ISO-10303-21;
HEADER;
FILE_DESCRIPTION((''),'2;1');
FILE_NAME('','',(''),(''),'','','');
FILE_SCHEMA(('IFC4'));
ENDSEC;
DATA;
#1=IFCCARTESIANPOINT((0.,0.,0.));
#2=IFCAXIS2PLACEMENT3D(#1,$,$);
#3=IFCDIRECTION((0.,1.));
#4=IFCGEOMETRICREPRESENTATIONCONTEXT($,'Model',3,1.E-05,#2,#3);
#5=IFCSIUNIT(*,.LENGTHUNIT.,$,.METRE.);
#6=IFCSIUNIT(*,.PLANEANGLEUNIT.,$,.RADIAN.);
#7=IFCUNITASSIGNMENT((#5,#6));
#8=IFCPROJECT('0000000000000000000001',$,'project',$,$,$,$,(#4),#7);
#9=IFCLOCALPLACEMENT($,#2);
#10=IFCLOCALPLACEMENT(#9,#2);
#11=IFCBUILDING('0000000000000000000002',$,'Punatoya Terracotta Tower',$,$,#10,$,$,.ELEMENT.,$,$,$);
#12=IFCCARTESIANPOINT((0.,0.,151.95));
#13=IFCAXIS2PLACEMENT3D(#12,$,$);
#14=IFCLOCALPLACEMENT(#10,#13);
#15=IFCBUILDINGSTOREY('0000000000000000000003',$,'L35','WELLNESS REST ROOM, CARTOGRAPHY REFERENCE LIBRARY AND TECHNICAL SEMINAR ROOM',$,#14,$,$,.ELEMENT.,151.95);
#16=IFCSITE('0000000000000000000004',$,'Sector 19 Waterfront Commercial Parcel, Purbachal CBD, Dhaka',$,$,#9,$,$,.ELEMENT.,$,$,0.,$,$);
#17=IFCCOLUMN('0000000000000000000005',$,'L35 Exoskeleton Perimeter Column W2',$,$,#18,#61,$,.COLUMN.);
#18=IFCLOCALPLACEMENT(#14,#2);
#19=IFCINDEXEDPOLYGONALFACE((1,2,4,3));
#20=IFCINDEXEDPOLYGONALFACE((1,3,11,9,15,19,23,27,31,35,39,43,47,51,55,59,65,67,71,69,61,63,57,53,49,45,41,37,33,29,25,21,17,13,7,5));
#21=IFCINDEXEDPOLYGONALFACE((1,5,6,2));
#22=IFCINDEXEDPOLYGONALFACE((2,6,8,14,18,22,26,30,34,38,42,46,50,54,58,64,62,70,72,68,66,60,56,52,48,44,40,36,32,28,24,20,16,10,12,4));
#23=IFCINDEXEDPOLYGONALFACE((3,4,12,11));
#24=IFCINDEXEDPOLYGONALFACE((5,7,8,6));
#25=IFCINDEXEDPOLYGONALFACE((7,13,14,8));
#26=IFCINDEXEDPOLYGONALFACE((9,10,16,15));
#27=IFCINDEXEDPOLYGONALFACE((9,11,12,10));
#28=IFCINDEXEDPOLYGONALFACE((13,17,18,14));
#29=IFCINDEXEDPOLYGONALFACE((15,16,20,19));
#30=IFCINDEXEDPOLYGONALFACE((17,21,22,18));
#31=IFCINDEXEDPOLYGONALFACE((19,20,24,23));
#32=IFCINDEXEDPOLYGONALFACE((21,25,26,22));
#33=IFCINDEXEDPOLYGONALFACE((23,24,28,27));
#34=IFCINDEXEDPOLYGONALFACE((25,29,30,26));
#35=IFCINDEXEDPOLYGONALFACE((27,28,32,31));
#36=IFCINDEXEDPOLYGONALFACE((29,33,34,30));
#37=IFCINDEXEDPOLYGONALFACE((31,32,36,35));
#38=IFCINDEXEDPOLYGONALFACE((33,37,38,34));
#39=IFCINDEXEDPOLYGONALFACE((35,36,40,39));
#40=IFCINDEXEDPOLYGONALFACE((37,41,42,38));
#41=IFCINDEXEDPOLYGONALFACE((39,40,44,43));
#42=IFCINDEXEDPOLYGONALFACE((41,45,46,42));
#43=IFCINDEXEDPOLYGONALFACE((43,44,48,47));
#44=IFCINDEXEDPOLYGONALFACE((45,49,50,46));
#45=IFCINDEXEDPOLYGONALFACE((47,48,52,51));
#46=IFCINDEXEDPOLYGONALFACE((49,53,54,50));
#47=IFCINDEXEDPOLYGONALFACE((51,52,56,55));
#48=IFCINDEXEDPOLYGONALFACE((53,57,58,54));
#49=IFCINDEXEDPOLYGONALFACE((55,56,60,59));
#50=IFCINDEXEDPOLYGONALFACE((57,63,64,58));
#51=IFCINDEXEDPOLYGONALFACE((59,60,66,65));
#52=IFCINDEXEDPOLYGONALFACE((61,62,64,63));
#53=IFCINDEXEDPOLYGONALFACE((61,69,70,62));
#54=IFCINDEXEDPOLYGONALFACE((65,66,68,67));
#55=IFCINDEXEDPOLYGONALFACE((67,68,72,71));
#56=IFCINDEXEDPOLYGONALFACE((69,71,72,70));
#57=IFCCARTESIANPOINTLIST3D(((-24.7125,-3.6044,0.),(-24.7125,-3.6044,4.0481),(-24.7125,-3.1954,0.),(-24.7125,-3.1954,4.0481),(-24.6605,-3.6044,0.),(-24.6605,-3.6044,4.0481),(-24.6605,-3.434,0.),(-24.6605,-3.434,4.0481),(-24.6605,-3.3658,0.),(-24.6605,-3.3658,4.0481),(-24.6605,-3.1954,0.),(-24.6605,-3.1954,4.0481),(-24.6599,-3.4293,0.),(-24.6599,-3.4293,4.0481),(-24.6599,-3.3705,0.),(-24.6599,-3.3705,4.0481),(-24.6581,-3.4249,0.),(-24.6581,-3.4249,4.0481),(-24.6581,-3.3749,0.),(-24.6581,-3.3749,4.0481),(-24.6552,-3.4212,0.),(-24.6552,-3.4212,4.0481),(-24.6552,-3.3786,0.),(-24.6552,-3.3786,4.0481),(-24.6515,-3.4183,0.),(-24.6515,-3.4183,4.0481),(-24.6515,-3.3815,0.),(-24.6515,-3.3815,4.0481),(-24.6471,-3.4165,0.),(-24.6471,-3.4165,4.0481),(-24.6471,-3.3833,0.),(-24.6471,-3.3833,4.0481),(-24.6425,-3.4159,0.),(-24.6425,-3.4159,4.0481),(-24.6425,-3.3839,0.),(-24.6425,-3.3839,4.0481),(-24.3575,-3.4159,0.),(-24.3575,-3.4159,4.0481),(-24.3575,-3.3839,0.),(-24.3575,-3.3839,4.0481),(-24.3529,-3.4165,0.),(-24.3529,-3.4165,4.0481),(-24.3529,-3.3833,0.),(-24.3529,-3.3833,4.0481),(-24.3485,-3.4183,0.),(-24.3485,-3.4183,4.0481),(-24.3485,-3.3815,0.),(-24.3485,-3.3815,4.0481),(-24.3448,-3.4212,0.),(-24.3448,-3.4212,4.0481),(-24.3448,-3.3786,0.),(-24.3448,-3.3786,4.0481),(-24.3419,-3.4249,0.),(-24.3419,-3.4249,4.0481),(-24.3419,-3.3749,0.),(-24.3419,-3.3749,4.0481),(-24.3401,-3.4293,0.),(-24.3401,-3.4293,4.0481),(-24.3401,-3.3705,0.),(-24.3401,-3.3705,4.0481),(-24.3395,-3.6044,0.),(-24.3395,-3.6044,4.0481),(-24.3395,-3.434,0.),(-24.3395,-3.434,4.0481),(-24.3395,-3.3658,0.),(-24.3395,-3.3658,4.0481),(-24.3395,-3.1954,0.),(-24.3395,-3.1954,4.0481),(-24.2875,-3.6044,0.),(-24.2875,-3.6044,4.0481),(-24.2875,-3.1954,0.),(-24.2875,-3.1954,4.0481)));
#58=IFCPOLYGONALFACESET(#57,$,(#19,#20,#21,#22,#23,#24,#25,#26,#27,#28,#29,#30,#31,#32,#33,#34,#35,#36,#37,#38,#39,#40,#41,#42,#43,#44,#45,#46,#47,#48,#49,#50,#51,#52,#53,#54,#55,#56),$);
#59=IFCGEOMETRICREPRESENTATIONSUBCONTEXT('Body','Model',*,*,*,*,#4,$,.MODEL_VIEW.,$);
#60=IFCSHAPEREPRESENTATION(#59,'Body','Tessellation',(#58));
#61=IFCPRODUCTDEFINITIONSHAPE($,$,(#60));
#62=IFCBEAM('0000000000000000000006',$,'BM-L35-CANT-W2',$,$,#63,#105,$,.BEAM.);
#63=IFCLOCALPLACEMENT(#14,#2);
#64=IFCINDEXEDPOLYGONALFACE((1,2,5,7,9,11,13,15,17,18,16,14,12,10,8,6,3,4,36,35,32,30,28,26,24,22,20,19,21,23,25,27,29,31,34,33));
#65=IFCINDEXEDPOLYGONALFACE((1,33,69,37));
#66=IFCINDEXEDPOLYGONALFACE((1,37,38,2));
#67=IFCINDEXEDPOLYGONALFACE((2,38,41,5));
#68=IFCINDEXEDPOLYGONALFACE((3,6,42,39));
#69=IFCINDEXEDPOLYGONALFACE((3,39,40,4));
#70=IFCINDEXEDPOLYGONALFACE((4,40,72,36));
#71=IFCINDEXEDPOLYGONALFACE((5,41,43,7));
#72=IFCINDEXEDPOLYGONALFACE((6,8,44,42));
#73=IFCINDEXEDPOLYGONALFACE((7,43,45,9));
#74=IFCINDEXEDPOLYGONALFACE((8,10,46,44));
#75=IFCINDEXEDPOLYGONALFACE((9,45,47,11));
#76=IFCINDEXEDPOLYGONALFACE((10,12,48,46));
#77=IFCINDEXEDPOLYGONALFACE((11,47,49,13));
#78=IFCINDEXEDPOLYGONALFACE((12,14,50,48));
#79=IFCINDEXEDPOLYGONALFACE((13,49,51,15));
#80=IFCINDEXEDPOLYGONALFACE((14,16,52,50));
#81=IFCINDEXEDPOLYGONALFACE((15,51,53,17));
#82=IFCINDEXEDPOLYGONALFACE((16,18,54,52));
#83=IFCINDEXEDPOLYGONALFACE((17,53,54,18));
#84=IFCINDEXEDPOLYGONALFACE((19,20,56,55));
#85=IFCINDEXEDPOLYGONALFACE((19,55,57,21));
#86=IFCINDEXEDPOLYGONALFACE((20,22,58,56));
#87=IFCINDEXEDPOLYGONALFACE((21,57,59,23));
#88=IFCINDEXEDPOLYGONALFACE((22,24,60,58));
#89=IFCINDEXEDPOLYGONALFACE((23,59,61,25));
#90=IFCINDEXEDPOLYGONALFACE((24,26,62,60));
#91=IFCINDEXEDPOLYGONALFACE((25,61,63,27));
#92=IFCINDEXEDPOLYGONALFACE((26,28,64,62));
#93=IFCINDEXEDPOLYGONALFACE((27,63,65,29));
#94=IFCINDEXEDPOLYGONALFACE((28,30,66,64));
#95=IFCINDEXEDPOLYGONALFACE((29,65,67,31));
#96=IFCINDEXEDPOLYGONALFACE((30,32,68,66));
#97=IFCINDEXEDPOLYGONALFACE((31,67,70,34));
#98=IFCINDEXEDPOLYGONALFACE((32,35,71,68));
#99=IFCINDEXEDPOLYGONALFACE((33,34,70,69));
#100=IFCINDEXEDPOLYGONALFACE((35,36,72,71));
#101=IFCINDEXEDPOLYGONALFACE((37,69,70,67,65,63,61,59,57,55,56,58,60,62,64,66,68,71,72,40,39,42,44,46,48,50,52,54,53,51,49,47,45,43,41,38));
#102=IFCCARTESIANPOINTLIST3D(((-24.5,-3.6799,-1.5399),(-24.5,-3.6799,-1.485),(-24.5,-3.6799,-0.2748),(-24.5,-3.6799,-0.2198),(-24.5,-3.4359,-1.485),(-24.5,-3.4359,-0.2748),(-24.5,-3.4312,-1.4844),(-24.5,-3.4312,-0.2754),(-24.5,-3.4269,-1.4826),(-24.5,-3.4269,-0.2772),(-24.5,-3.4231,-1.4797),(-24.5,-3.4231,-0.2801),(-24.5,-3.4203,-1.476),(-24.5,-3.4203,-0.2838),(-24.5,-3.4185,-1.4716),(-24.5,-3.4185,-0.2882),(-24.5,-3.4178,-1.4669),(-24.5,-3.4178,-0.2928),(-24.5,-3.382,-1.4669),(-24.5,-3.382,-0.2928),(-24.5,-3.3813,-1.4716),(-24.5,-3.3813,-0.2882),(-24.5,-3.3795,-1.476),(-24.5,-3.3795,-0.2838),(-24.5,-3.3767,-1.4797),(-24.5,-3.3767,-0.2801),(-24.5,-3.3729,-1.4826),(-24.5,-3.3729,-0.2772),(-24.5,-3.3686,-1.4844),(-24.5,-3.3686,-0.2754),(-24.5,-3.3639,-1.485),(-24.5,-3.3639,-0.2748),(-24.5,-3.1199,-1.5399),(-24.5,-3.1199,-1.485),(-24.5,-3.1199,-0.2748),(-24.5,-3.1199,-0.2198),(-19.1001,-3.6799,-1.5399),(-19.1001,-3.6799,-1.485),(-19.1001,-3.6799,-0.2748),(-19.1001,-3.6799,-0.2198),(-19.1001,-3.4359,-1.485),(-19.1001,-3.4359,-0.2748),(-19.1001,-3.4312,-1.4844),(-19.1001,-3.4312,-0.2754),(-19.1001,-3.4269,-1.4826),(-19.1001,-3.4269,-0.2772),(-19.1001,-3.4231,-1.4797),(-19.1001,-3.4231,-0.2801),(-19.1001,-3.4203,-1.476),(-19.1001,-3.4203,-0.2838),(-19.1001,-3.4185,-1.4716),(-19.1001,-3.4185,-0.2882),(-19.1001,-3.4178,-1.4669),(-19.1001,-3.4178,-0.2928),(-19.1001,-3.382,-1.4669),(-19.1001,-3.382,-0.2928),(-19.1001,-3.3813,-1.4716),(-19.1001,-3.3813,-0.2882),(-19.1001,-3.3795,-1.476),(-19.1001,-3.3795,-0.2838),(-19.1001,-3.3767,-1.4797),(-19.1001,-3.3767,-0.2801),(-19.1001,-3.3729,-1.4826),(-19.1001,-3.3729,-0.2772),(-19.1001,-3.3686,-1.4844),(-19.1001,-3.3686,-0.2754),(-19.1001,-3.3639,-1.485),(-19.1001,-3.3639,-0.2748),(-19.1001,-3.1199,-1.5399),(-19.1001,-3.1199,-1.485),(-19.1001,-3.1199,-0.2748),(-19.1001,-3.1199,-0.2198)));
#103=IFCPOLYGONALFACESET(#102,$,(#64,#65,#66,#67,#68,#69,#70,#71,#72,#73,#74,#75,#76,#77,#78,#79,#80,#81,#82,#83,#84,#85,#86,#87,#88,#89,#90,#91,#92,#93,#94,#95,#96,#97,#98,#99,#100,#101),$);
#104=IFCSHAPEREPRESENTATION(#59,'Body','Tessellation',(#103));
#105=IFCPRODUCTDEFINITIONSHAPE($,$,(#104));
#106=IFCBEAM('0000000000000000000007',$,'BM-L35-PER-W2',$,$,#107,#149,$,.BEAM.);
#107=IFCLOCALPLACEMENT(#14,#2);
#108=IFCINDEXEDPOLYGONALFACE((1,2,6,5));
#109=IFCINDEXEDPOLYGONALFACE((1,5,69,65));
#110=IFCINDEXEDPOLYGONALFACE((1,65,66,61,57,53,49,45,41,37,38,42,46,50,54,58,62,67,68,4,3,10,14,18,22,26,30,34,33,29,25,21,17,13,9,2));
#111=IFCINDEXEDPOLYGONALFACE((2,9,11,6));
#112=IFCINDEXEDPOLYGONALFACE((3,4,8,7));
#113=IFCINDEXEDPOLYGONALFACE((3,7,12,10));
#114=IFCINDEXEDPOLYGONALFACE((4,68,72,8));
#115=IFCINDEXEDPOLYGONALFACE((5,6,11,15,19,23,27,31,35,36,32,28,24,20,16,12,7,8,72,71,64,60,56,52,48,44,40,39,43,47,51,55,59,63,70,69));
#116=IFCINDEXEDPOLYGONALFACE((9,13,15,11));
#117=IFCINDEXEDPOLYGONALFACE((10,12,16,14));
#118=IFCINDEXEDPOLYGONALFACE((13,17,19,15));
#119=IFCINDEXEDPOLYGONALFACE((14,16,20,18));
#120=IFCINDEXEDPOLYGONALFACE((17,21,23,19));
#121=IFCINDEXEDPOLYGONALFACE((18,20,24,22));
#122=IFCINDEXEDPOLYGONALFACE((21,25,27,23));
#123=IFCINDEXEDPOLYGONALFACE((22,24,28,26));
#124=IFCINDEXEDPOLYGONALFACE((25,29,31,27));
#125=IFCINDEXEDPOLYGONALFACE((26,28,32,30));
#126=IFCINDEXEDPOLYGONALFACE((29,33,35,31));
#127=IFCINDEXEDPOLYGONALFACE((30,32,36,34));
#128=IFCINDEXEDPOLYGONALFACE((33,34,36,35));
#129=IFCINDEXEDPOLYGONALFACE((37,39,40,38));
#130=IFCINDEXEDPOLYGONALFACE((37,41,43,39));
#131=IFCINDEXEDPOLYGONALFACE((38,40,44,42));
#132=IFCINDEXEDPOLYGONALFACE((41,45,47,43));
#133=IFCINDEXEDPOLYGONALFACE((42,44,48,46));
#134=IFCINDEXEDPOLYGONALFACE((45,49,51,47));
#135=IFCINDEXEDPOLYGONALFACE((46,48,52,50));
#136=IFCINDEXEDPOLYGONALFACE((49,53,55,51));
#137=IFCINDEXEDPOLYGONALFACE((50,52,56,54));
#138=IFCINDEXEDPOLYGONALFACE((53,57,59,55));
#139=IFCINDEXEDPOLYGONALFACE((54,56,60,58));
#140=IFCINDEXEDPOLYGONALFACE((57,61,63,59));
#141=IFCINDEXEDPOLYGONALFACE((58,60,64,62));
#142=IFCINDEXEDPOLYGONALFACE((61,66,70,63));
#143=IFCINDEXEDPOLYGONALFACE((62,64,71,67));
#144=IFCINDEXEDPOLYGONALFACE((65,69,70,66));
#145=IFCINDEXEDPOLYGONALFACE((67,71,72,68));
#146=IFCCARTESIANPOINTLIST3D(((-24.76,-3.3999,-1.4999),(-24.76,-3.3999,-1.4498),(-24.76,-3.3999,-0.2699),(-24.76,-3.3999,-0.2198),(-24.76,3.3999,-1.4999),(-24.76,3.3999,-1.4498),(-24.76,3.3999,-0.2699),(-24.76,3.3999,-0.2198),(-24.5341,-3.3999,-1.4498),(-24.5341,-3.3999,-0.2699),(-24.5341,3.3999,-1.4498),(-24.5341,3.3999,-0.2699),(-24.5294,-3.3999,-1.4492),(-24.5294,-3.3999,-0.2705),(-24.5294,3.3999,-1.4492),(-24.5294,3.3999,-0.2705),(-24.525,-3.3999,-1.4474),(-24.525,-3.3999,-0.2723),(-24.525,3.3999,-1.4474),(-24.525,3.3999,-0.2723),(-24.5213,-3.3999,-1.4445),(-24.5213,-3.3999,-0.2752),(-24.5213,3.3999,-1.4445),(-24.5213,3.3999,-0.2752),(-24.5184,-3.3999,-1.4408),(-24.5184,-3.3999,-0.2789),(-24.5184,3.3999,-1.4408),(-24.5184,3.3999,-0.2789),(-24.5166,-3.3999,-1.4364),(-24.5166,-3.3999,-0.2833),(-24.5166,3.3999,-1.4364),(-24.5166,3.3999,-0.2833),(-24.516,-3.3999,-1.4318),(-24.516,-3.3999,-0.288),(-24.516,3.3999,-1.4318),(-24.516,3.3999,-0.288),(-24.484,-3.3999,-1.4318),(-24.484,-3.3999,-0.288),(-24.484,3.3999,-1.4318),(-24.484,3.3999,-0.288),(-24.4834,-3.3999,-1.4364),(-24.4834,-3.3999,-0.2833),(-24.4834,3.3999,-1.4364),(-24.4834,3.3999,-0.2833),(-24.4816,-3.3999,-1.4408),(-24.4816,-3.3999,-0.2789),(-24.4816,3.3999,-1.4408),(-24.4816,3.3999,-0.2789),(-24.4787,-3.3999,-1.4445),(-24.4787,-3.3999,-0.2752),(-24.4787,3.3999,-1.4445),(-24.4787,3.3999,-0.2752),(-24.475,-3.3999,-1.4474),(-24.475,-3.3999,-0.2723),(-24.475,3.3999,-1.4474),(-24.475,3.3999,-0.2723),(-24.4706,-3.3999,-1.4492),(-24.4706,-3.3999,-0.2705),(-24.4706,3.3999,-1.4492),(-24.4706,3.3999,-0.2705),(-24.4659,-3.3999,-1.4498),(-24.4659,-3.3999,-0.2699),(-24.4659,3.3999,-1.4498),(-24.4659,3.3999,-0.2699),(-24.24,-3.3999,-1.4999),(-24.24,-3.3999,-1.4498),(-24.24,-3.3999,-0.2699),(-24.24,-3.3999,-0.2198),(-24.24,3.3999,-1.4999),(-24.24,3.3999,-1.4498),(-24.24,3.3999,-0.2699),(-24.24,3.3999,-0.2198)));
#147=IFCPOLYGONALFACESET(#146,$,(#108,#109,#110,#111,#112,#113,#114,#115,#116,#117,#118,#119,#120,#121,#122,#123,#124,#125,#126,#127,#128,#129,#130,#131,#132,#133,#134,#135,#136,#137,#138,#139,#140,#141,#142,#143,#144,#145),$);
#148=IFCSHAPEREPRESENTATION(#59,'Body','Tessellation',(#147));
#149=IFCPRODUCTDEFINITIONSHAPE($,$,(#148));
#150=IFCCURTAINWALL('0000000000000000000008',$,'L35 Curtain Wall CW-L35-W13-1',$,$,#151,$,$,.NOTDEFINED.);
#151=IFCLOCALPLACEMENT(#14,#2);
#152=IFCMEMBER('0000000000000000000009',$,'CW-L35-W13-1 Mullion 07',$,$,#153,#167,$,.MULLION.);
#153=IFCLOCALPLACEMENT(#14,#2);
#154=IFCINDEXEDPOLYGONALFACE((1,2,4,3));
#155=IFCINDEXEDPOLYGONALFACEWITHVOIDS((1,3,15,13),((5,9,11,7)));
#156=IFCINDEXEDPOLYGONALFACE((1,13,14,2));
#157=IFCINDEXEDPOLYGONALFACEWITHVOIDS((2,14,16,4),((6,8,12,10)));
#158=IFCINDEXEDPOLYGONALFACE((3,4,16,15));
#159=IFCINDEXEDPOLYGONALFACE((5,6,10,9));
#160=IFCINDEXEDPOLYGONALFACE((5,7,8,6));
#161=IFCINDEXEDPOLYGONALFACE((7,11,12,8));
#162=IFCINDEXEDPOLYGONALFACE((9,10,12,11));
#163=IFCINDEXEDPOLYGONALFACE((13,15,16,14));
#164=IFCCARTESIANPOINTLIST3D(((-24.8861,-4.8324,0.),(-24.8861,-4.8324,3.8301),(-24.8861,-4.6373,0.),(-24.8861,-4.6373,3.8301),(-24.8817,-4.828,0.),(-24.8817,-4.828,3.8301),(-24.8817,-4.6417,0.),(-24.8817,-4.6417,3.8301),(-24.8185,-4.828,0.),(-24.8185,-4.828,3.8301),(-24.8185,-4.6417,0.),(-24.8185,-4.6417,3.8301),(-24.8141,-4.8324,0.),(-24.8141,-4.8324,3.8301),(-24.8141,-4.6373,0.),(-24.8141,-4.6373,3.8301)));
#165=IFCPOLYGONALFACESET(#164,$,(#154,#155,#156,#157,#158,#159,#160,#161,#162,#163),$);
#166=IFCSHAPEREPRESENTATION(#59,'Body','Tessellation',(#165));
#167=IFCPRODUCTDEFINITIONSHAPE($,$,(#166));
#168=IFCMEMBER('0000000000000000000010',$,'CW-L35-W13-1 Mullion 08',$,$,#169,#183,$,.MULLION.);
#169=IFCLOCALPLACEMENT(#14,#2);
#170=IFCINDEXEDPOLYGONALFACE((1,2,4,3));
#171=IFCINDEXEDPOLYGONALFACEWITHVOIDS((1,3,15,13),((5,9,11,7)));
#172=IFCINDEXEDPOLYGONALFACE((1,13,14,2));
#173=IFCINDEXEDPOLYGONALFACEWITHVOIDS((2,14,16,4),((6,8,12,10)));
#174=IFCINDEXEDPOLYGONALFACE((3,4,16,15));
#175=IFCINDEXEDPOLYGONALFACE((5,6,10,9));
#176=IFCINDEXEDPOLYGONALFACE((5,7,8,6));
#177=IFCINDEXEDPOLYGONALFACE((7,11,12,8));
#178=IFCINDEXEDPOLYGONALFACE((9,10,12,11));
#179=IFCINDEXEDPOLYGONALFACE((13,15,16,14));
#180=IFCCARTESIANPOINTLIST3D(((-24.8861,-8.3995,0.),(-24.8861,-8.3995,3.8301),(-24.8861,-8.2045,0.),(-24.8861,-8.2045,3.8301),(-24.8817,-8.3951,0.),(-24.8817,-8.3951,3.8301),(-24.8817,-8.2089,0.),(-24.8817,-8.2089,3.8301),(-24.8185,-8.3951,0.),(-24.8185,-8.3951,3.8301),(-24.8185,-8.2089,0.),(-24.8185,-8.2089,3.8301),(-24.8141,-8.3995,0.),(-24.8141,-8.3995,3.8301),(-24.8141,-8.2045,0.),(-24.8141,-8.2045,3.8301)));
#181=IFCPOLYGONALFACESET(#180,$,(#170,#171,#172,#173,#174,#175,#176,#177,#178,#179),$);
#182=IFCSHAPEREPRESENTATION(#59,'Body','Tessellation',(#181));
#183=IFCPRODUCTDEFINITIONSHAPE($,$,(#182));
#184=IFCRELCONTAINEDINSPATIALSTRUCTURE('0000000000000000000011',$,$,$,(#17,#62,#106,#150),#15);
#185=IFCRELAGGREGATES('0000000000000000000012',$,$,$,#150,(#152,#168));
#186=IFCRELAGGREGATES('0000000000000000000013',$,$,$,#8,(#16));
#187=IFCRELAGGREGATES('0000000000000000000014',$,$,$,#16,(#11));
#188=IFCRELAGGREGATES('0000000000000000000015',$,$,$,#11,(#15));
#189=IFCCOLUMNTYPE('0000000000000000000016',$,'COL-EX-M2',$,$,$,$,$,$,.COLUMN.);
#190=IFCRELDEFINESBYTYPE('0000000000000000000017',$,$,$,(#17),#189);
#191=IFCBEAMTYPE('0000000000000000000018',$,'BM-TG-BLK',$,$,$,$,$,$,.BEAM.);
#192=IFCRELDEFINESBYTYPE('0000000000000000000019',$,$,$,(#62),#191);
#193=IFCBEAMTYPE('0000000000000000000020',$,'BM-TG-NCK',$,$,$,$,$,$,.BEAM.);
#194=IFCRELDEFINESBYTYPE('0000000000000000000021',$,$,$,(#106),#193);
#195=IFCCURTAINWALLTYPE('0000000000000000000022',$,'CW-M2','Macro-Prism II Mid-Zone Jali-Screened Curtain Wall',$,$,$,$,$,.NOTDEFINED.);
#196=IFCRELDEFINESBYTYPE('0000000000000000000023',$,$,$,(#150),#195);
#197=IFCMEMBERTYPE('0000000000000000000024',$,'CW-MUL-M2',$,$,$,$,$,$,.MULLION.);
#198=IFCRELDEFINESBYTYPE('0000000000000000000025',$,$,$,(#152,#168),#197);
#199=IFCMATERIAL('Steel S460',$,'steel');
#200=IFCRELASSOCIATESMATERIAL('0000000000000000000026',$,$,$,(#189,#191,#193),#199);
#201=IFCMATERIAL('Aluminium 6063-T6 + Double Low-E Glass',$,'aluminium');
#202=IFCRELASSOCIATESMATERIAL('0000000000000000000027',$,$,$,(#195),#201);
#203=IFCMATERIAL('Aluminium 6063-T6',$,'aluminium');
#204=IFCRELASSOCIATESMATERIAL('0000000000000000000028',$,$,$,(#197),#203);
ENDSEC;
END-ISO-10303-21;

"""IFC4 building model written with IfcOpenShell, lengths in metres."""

from ifc_helpers import new_model, si_unit, direction, frame, origin, origin_2d, place, context, subcontext, project, spatial, hollow_rectangle, i_section, extrude, material, material_profile, profile_set, type_object, element, aggregate, save


model = new_model("IFC4")

# Units and contexts
model_context = context("Model", 3, precision=1e-05, world=origin(), true_north=direction((0.0, 1.0)))
body_context = subcontext(model_context, "Body", "Model", "MODEL_VIEW")
ifc_project = project(units=[si_unit("LENGTHUNIT", "METRE"), si_unit("PLANEANGLEUNIT", "RADIAN")], contexts=[model_context])

# Site, building, storey
site_placement = place(None, origin())
site = spatial("IfcSite", under=ifc_project, at=site_placement, Name="Sector 19 Waterfront Commercial Parcel, Purbachal CBD, Dhaka", CompositionType="ELEMENT", RefElevation=0.0)
building_placement = place(site_placement, origin())
building = spatial("IfcBuilding", under=site, at=building_placement, Name="Punatoya Terracotta Tower", CompositionType="ELEMENT")
storey_placement = place(building_placement, frame((0.0, 0.0, 151.95)))
storey = spatial("IfcBuildingStorey", under=building, at=storey_placement, Name="L35", Description="WELLNESS REST ROOM, CARTOGRAPHY REFERENCE LIBRARY AND TECHNICAL SEMINAR ROOM", CompositionType="ELEMENT", Elevation=151.95)

# Column
ifc_material_1 = material(Name="Steel S460", Category="steel")
ifc_material_profile_1 = material_profile(ifc_material_1, i_section(OverallWidth=0.4089, OverallDepth=0.425, WebThickness=0.032, FlangeThickness=0.052, FilletRadius=0.0181, at=origin_2d()))
ifc_profile_set_1 = profile_set([ifc_material_profile_1], Name="Steel S460")
column_type = type_object("IfcColumnType", Name="COL-EX-M2", PredefinedType="COLUMN", material=ifc_profile_set_1)
column_placement = place(storey_placement, frame((-24.5, -3.3999, 0.0), z_axis=(0.0, 0.0, 1.0), x_axis=(0.0, 1.0, 0.0)))
element("IfcColumn", 1, at=column_placement, inside=storey, type_object=column_type, Name="L35 Exoskeleton Perimeter Column W2", PredefinedType="COLUMN", context=body_context, shape_type="SweptSolid", body=[
    extrude(i_section(OverallWidth=0.4089, OverallDepth=0.425, WebThickness=0.032, FlangeThickness=0.052, FilletRadius=0.0181, at=origin_2d()), origin(), (0.0, 0.0, 1.0), 4.0481),
])

# Beams
ifc_material_profile_2 = material_profile(ifc_material_1, i_section(OverallWidth=0.5601, OverallDepth=1.3201, WebThickness=0.0359, FlangeThickness=0.0549, FilletRadius=0.0181, at=origin_2d()))
ifc_profile_set_2 = profile_set([ifc_material_profile_2], Name="Steel S460")
beam_type_1 = type_object("IfcBeamType", Name="BM-TG-BLK", PredefinedType="BEAM", material=ifc_profile_set_2)
beam_1_placement = place(storey_placement, frame((-24.5, -3.3999, -0.8799), z_axis=(1.0, 0.0, 0.0), x_axis=(0.0, 1.0, 0.0)))
element("IfcBeam", 2, at=beam_1_placement, inside=storey, type_object=beam_type_1, Name="BM-L35-CANT-W2", PredefinedType="BEAM", context=body_context, shape_type="SweptSolid", body=[
    extrude(i_section(OverallWidth=0.5601, OverallDepth=1.3201, WebThickness=0.0359, FlangeThickness=0.0549, FilletRadius=0.0181, at=origin_2d()), origin(), (0.0, 0.0, 1.0), 5.3999),
])
ifc_material_profile_3 = material_profile(ifc_material_1, i_section(OverallWidth=0.52, OverallDepth=1.28, WebThickness=0.032, FlangeThickness=0.05, FilletRadius=0.0181, at=origin_2d()))
ifc_profile_set_3 = profile_set([ifc_material_profile_3], Name="Steel S460")
beam_type_2 = type_object("IfcBeamType", Name="BM-TG-NCK", PredefinedType="BEAM", material=ifc_profile_set_3)
beam_2_placement = place(storey_placement, frame((-24.5, -3.3999, -0.8599), z_axis=(0.0, 1.0, 0.0), x_axis=(-1.0, 0.0, 0.0)))
element("IfcBeam", 3, at=beam_2_placement, inside=storey, type_object=beam_type_2, Name="BM-L35-PER-W2", PredefinedType="BEAM", context=body_context, shape_type="SweptSolid", body=[
    extrude(i_section(OverallWidth=0.52, OverallDepth=1.28, WebThickness=0.032, FlangeThickness=0.05, FilletRadius=0.0181, at=origin_2d()), origin(), (0.0, 0.0, 1.0), 6.7998),
])

# Curtain wall, members
ifc_material_2 = material(Name="Aluminium 6063-T6 + Double Low-E Glass", Category="aluminium")
curtain_wall_type = type_object("IfcCurtainWallType", Name="CW-M2", Description="Macro-Prism II Mid-Zone Jali-Screened Curtain Wall", PredefinedType="NOTDEFINED", material=ifc_material_2)
curtain_wall_1_placement = place(storey_placement, origin())
curtain_wall_1 = element("IfcCurtainWall", 4, at=curtain_wall_1_placement, inside=storey, type_object=curtain_wall_type, Name="L35 Curtain Wall CW-L35-W13-1", PredefinedType="NOTDEFINED")
ifc_material_3 = material(Name="Aluminium 6063-T6", Category="aluminium")
ifc_material_profile_4 = material_profile(ifc_material_3, hollow_rectangle(XDim=0.072, YDim=0.1951, WallThickness=0.0044, at=origin_2d()))
ifc_profile_set_4 = profile_set([ifc_material_profile_4], Name="Aluminium 6063-T6")
member_type_1 = type_object("IfcMemberType", Name="CW-MUL-M2", PredefinedType="MULLION", material=ifc_profile_set_4)
member_1_placement = place(storey_placement, frame((-24.8501, -4.7349, 0.0), z_axis=(0.0, 0.0, 1.0), x_axis=(1.0, 0.0, 0.0)))
member_1 = element("IfcMember", 5, at=member_1_placement, type_object=member_type_1, Name="CW-L35-W13-1 Mullion 07", PredefinedType="MULLION", context=body_context, shape_type="SweptSolid", body=[
    extrude(hollow_rectangle(XDim=0.072, YDim=0.1951, WallThickness=0.0044, at=origin_2d()), origin(), (0.0, 0.0, 1.0), 3.8301),
])
member_2_placement = place(storey_placement, frame((-24.8501, -8.302, 0.0), z_axis=(0.0, 0.0, 1.0), x_axis=(1.0, 0.0, 0.0)))
member_2 = element("IfcMember", 6, at=member_2_placement, type_object=member_type_1, Name="CW-L35-W13-1 Mullion 08", PredefinedType="MULLION", context=body_context, shape_type="SweptSolid", body=[
    extrude(hollow_rectangle(XDim=0.072, YDim=0.1951, WallThickness=0.0044, at=origin_2d()), origin(), (0.0, 0.0, 1.0), 3.8301),
])

aggregate(curtain_wall_1, [member_1, member_2])

save(model, "model.ifc")
